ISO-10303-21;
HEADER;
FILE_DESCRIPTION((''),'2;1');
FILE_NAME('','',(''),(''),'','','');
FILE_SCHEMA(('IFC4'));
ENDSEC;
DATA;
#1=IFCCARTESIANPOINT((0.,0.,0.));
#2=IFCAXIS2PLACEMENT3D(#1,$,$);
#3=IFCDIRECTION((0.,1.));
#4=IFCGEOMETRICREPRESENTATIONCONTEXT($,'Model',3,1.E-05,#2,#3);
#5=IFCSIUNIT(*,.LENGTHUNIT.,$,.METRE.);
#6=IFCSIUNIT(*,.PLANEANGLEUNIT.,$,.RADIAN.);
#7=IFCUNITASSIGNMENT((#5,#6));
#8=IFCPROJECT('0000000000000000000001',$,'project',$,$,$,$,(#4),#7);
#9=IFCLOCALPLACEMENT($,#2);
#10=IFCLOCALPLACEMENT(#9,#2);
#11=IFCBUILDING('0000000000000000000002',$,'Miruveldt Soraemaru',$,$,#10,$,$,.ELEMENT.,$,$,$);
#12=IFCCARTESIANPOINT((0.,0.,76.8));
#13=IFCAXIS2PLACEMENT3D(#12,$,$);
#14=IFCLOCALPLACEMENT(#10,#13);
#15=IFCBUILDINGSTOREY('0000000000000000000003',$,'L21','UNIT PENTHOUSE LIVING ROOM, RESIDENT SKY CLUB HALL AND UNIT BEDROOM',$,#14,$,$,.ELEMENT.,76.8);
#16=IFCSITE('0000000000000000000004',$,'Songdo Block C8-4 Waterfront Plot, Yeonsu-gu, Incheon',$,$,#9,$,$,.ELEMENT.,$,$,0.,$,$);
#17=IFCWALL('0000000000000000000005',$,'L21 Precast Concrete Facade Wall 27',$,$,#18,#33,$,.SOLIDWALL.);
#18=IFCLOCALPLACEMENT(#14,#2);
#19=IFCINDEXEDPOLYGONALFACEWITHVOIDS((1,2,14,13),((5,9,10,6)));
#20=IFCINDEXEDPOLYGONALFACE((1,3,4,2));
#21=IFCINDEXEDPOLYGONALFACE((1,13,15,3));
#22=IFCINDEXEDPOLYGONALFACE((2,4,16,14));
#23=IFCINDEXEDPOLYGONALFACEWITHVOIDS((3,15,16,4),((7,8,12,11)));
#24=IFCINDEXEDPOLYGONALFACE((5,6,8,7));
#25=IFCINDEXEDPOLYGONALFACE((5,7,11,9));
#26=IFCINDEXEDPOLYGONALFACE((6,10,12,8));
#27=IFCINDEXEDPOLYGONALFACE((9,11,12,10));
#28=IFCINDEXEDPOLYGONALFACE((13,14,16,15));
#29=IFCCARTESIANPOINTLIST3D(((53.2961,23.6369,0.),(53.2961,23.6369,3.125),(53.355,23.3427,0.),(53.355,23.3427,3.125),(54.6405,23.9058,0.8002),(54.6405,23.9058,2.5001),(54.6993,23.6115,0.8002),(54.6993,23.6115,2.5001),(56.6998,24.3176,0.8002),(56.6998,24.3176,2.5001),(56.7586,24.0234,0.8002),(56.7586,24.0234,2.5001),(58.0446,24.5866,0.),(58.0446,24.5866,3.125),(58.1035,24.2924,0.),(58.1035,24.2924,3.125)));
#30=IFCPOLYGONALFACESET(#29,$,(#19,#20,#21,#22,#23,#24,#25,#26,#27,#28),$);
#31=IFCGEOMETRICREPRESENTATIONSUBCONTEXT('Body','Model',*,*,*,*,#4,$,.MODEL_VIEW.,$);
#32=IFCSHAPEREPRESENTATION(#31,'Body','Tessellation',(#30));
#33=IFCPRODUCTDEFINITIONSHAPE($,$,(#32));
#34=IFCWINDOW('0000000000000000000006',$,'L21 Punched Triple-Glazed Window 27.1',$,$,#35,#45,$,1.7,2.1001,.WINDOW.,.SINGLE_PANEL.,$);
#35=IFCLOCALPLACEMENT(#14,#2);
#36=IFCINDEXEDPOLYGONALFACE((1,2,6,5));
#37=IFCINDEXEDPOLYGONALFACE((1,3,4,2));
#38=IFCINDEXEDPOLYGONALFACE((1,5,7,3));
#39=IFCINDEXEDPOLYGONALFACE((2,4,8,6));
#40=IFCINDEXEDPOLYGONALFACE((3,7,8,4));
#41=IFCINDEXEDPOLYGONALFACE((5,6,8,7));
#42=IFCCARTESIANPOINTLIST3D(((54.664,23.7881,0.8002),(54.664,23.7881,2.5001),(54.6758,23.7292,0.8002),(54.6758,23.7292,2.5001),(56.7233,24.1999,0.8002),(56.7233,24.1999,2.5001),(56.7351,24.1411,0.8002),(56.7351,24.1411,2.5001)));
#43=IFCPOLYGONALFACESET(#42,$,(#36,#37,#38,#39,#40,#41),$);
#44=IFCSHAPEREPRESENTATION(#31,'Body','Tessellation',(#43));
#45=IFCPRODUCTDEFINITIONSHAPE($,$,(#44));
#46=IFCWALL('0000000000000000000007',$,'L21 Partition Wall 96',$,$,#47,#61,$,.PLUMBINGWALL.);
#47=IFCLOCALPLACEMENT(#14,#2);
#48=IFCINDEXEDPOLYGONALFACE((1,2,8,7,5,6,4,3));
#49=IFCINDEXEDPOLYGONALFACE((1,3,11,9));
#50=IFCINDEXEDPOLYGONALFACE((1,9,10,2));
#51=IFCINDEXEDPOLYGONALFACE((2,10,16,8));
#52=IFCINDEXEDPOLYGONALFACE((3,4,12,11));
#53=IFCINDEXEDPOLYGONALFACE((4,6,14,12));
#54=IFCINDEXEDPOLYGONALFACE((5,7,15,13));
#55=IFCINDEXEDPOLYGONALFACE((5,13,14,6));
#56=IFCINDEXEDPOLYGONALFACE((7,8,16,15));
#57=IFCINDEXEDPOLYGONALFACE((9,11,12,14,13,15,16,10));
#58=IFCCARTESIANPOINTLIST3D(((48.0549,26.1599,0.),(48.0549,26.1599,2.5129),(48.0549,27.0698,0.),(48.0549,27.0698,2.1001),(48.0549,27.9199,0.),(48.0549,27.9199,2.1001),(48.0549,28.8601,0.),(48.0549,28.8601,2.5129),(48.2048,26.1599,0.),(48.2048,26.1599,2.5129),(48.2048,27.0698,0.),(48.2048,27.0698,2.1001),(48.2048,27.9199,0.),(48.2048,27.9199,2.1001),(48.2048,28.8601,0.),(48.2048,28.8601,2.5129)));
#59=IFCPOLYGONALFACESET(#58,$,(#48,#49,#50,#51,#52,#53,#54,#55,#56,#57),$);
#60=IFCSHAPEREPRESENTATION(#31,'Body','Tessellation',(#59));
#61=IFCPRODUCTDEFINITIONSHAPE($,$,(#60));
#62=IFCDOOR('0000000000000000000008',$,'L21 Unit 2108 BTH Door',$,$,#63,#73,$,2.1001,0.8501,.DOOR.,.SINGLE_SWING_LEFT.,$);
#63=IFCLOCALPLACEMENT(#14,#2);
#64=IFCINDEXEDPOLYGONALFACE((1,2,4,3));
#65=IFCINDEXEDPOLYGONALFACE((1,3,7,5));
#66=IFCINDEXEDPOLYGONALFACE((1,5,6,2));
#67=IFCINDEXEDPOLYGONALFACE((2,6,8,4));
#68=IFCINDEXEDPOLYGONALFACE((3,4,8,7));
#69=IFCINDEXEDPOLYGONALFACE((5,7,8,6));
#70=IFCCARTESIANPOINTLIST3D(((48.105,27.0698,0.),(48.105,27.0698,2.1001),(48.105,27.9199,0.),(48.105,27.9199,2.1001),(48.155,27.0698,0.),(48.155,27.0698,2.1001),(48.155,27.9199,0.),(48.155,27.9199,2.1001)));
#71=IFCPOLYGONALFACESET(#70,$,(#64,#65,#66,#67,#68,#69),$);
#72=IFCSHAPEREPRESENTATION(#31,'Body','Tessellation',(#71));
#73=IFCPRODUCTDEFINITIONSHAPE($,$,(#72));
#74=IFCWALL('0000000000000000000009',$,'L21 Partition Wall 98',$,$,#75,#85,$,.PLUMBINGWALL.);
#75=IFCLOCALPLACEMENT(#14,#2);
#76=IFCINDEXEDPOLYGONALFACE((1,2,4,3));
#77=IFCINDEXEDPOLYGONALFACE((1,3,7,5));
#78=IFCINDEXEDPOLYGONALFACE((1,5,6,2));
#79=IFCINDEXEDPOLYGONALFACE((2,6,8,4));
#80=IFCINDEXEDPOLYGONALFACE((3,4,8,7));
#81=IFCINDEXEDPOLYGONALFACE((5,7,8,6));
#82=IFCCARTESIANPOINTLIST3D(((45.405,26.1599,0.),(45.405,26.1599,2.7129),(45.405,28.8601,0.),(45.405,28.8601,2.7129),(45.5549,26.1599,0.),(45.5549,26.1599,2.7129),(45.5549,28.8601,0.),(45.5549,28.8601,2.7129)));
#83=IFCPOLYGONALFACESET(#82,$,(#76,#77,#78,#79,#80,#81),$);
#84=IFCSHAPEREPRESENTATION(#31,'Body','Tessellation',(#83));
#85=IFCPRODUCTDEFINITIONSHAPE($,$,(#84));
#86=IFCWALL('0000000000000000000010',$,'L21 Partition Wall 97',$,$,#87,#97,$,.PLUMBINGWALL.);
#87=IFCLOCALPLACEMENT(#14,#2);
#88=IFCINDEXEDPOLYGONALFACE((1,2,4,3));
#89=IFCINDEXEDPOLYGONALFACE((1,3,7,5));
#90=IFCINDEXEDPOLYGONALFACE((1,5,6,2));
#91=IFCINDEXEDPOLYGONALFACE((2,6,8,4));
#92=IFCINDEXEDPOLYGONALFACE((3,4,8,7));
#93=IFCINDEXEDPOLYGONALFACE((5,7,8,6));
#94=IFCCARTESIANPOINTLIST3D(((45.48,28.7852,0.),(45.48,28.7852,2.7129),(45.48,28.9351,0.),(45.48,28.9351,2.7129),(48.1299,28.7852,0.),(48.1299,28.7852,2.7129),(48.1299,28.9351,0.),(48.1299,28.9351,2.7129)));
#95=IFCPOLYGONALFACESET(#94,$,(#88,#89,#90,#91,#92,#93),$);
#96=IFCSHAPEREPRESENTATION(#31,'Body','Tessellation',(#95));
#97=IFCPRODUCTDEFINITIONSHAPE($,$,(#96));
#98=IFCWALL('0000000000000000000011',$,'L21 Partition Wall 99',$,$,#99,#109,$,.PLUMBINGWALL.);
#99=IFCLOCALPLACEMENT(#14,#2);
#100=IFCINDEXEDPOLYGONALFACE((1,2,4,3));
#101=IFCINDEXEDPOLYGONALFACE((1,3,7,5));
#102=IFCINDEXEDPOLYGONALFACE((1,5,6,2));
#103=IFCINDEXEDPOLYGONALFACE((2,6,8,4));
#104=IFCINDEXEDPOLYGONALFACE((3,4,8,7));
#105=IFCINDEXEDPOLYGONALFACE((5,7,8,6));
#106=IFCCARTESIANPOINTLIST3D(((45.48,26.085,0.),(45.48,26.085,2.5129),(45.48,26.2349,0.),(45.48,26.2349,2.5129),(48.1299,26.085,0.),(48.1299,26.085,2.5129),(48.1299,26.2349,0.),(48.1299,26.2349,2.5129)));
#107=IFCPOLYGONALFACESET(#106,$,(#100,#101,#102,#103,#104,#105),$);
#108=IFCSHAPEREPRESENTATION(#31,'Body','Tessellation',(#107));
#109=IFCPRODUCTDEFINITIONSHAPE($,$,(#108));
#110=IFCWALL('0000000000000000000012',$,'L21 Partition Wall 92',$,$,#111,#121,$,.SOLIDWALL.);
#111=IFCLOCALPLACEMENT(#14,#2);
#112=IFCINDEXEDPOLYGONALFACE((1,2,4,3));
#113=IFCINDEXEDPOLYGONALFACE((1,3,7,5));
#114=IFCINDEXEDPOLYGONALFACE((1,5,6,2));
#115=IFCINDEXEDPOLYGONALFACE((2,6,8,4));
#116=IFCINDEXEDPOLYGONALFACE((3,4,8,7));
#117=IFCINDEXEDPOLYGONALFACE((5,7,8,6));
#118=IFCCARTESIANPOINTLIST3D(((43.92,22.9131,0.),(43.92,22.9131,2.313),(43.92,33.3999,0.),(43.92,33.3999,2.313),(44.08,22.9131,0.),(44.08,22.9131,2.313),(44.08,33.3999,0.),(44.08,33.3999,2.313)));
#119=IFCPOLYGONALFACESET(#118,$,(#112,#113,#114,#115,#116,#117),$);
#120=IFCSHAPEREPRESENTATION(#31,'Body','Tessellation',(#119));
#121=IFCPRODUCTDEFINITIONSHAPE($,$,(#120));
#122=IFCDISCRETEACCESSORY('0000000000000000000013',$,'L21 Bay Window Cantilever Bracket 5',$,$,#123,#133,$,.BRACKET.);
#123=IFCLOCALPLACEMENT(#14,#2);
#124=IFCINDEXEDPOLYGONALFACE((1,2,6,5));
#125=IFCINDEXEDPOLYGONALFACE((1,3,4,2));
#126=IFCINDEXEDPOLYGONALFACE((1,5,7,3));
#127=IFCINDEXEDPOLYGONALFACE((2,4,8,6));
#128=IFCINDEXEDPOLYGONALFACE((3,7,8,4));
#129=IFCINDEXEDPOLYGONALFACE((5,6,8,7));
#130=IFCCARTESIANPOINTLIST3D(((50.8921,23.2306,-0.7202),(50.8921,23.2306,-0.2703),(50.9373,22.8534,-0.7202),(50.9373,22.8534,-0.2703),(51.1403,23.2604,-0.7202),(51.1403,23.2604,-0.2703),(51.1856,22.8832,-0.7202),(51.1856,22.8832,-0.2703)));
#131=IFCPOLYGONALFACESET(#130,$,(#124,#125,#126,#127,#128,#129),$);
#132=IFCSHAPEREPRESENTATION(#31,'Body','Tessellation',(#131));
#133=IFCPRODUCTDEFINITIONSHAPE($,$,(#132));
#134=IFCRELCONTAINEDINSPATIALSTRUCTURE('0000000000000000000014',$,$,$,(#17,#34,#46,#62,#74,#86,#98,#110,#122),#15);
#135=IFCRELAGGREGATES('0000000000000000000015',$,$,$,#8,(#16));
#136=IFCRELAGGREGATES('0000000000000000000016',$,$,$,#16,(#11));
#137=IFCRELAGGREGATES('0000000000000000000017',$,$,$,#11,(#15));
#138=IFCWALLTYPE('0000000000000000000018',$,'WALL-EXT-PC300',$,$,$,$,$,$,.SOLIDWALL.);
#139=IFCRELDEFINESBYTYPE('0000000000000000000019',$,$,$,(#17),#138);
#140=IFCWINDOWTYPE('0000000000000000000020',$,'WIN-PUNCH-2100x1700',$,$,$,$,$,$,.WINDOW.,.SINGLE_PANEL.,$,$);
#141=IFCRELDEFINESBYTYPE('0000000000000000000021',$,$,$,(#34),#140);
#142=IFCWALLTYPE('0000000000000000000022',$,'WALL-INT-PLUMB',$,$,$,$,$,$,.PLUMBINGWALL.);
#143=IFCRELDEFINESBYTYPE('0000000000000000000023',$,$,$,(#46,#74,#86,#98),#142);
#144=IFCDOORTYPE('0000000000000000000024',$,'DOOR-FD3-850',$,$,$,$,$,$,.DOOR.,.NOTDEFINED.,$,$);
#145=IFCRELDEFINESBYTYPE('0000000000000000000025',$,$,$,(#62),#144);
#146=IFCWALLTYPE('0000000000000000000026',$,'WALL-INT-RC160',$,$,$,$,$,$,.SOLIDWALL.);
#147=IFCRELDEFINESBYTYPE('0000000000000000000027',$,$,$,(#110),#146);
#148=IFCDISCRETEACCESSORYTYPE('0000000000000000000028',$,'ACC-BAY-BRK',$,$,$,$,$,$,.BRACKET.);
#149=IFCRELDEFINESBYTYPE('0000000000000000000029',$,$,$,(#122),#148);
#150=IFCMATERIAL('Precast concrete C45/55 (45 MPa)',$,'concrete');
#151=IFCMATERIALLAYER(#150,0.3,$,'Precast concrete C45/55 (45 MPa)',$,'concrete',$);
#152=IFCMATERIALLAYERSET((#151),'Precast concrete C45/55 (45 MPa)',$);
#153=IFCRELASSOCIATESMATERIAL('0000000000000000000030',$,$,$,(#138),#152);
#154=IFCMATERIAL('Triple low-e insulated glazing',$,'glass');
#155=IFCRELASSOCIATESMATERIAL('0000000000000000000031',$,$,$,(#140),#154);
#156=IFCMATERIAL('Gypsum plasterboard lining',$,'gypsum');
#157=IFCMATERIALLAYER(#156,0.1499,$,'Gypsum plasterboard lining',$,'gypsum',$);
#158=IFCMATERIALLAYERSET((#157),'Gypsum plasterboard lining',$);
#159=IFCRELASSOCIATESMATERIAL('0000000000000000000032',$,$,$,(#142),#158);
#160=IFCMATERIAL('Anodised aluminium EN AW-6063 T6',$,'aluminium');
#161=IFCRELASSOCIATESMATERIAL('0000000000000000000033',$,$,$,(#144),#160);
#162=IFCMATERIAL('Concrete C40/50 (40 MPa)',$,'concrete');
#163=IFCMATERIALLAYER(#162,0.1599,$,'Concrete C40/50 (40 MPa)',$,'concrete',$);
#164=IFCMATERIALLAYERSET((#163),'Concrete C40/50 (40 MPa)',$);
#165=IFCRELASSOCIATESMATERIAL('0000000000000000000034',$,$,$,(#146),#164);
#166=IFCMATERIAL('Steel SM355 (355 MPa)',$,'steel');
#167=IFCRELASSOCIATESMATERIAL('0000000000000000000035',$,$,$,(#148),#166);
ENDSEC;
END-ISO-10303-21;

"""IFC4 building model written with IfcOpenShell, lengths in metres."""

from ifc_helpers import new_model, si_unit, direction, frame, frame_2d, origin, origin_2d, place, context, subcontext, project, spatial, rectangle, extrude, material, layer, layer_set, type_object, element, fill, save


model = new_model("IFC4")

# Units and contexts
model_context = context("Model", 3, precision=1e-05, world=origin(), true_north=direction((0.0, 1.0)))
body_context = subcontext(model_context, "Body", "Model", "MODEL_VIEW")
ifc_project = project(units=[si_unit("LENGTHUNIT", "METRE"), si_unit("PLANEANGLEUNIT", "RADIAN")], contexts=[model_context])

# Site, building, storey
site_placement = place(None, origin())
site = spatial("IfcSite", under=ifc_project, at=site_placement, Name="Songdo Block C8-4 Waterfront Plot, Yeonsu-gu, Incheon", CompositionType="ELEMENT", RefElevation=0.0)
building_placement = place(site_placement, origin())
building = spatial("IfcBuilding", under=site, at=building_placement, Name="Miruveldt Soraemaru", CompositionType="ELEMENT")
storey_placement = place(building_placement, frame((0.0, 0.0, 76.8)))
storey = spatial("IfcBuildingStorey", under=building, at=storey_placement, Name="L21", Description="UNIT PENTHOUSE LIVING ROOM, RESIDENT SKY CLUB HALL AND UNIT BEDROOM", CompositionType="ELEMENT", Elevation=76.8)

# Shared definitions
ifc_material_1 = material(Name="Steel SM355 (355 MPa)", Category="steel")

# Shared definitions
ifc_material_2 = material(Name="Triple low-e insulated glazing", Category="glass")
ifc_material_3 = material(Name="Precast concrete C45/55 (45 MPa)", Category="concrete")
ifc_layer_1 = layer(ifc_material_3, 0.3, Name="Precast concrete C45/55 (45 MPa)", Category="concrete")
ifc_layer_set_1 = layer_set([ifc_layer_1], Name="Precast concrete C45/55 (45 MPa)")
wall_type_1 = type_object("IfcWallType", Name="WALL-EXT-PC300", PredefinedType="SOLIDWALL", material=ifc_layer_set_1)
window_type_1 = type_object("IfcWindowType", Name="WIN-PUNCH-2100x1700", PartitioningType="SINGLE_PANEL", PredefinedType="WINDOW", material=ifc_material_2)

# Wall, opening, window
wall_1_placement = place(storey_placement, frame((53.3254, 23.4897, 0.0), z_axis=(0.0, 0.0, 1.0), x_axis=(0.980581, 0.196116, 0.0)))
wall_1 = element("IfcWall", 1, at=wall_1_placement, inside=storey, type_object=wall_type_1, Name="L21 Precast Concrete Facade Wall 27", PredefinedType="SOLIDWALL", context=body_context, shape_type="SweptSolid", body=[
    extrude(rectangle(XDim=4.8425, YDim=0.3, at=frame_2d((2.4214, 0.0))), origin(), (0.0, 0.0, 1.0), 3.125),
])
opening_1_placement = place(wall_1_placement, frame((1.3711, 0.0, 0.8)))
opening_1 = element("IfcOpeningElement", 2, at=opening_1_placement, cuts=wall_1, PredefinedType="OPENING", context=body_context, shape_type="SweptSolid", body=[
    extrude(rectangle(XDim=2.1001, YDim=1.7, at=frame_2d((1.05, 0.8501))), frame((0.0, 0.1602, 0.0), z_axis=(0.0, -1.0, 0.0), x_axis=(1.0, 0.0, 0.0)), (0.0, 0.0, 1.0), 0.3201),
])
window_1_placement = place(opening_1_placement, origin())
window_1 = element("IfcWindow", 3, at=window_1_placement, inside=storey, type_object=window_type_1, Name="L21 Punched Triple-Glazed Window 27.1", OverallHeight=1.7, OverallWidth=2.1001, PartitioningType="SINGLE_PANEL", PredefinedType="WINDOW", context=body_context, shape_type="SweptSolid", body=[
    extrude(rectangle(XDim=2.1001, YDim=1.7, at=frame_2d((1.05, 0.8501))), frame((0.0, 0.03, 0.0), z_axis=(0.0, -1.0, 0.0), x_axis=(1.0, 0.0, 0.0)), (0.0, 0.0, 1.0), 0.0601),
])
fill(opening_1, window_1)

# Wall, opening, door
ifc_material_4 = material(Name="Gypsum plasterboard lining", Category="gypsum")
ifc_layer_2 = layer(ifc_material_4, 0.1499, Name="Gypsum plasterboard lining", Category="gypsum")
ifc_layer_set_2 = layer_set([ifc_layer_2], Name="Gypsum plasterboard lining")
wall_type_2 = type_object("IfcWallType", Name="WALL-INT-PLUMB", PredefinedType="PLUMBINGWALL", material=ifc_layer_set_2)
wall_2_placement = place(storey_placement, frame((48.1299, 26.1599, 0.0), z_axis=(0.0, 0.0, 1.0), x_axis=(0.0, 1.0, 0.0)))
wall_2 = element("IfcWall", 4, at=wall_2_placement, inside=storey, type_object=wall_type_2, Name="L21 Partition Wall 96", PredefinedType="PLUMBINGWALL", context=body_context, shape_type="SweptSolid", body=[
    extrude(rectangle(XDim=2.7002, YDim=0.1499, at=frame_2d((1.3501, 0.0))), origin(), (0.0, 0.0, 1.0), 2.5129),
])
opening_2_placement = place(wall_2_placement, frame((0.9099, 0.0, 0.0)))
opening_2 = element("IfcOpeningElement", 5, at=opening_2_placement, cuts=wall_2, PredefinedType="OPENING", context=body_context, shape_type="SweptSolid", body=[
    extrude(rectangle(XDim=0.8501, YDim=2.1001, at=frame_2d((0.425, 1.05))), frame((0.0, 0.085, 0.0), z_axis=(0.0, -1.0, 0.0), x_axis=(1.0, 0.0, 0.0)), (0.0, 0.0, 1.0), 0.1699),
])
ifc_material_5 = material(Name="Anodised aluminium EN AW-6063 T6", Category="aluminium")
door_type = type_object("IfcDoorType", Name="DOOR-FD3-850", OperationType="NOTDEFINED", PredefinedType="DOOR", material=ifc_material_5)
door_placement = place(opening_2_placement, origin())
door = element("IfcDoor", 6, at=door_placement, inside=storey, type_object=door_type, Name="L21 Unit 2108 BTH Door", OperationType="SINGLE_SWING_LEFT", OverallHeight=2.1001, OverallWidth=0.8501, PredefinedType="DOOR", context=body_context, shape_type="SweptSolid", body=[
    extrude(rectangle(XDim=0.8501, YDim=2.1001, at=frame_2d((0.425, 1.05))), frame((0.0, 0.0249, 0.0), z_axis=(0.0, -1.0, 0.0), x_axis=(1.0, 0.0, 0.0)), (0.0, 0.0, 1.0), 0.05),
])
fill(opening_2, door)

# Walls
wall_3_placement = place(storey_placement, frame((45.48, 28.8601, 0.0), z_axis=(0.0, 0.0, 1.0), x_axis=(0.0, -1.0, 0.0)))
element("IfcWall", 7, at=wall_3_placement, inside=storey, type_object=wall_type_2, Name="L21 Partition Wall 98", PredefinedType="PLUMBINGWALL", context=body_context, shape_type="SweptSolid", body=[
    extrude(rectangle(XDim=2.7002, YDim=0.1499, at=frame_2d((1.3501, 0.0))), origin(), (0.0, 0.0, 1.0), 2.7129),
])
wall_4_placement = place(storey_placement, frame((48.1299, 28.8601, 0.0), z_axis=(0.0, 0.0, 1.0), x_axis=(-1.0, 0.0, 0.0)))
element("IfcWall", 8, at=wall_4_placement, inside=storey, type_object=wall_type_2, Name="L21 Partition Wall 97", PredefinedType="PLUMBINGWALL", context=body_context, shape_type="SweptSolid", body=[
    extrude(rectangle(XDim=2.6499, YDim=0.1499, at=frame_2d((1.325, 0.0))), origin(), (0.0, 0.0, 1.0), 2.7129),
])
wall_5_placement = place(storey_placement, frame((45.48, 26.1599, 0.0), z_axis=(0.0, 0.0, 1.0), x_axis=(1.0, 0.0, 0.0)))
element("IfcWall", 9, at=wall_5_placement, inside=storey, type_object=wall_type_2, Name="L21 Partition Wall 99", PredefinedType="PLUMBINGWALL", context=body_context, shape_type="SweptSolid", body=[
    extrude(rectangle(XDim=2.6499, YDim=0.1499, at=frame_2d((1.325, 0.0))), origin(), (0.0, 0.0, 1.0), 2.5129),
])
ifc_material_6 = material(Name="Concrete C40/50 (40 MPa)", Category="concrete")
ifc_layer_3 = layer(ifc_material_6, 0.1599, Name="Concrete C40/50 (40 MPa)", Category="concrete")
ifc_layer_set_3 = layer_set([ifc_layer_3], Name="Concrete C40/50 (40 MPa)")
wall_type_3 = type_object("IfcWallType", Name="WALL-INT-RC160", PredefinedType="SOLIDWALL", material=ifc_layer_set_3)
wall_6_placement = place(storey_placement, frame((44.0, 22.9131, 0.0), z_axis=(0.0, 0.0, 1.0), x_axis=(0.0, 1.0, 0.0)))
element("IfcWall", 10, at=wall_6_placement, inside=storey, type_object=wall_type_3, Name="L21 Partition Wall 92", PredefinedType="SOLIDWALL", context=body_context, shape_type="SweptSolid", body=[
    extrude(rectangle(XDim=10.4868, YDim=0.1599, at=frame_2d((5.2434, 0.0))), origin(), (0.0, 0.0, 1.0), 2.313),
])

# Discrete accessory
discrete_accessory_type = type_object("IfcDiscreteAccessoryType", Name="ACC-BAY-BRK", PredefinedType="BRACKET", material=ifc_material_1)
discrete_accessory_placement = place(storey_placement, frame((51.0388, 23.0569, -0.7202), z_axis=(0.0, 0.0, 1.0), x_axis=(0.119149, -0.992876, 0.0)))
element("IfcDiscreteAccessory", 11, at=discrete_accessory_placement, inside=storey, type_object=discrete_accessory_type, Name="L21 Bay Window Cantilever Bracket 5", PredefinedType="BRACKET", context=body_context, shape_type="SweptSolid", body=[
    extrude(rectangle(XDim=0.3799, YDim=0.25, at=origin_2d()), origin(), (0.0, 0.0, 1.0), 0.45),
])

save(model, "model.ifc")
